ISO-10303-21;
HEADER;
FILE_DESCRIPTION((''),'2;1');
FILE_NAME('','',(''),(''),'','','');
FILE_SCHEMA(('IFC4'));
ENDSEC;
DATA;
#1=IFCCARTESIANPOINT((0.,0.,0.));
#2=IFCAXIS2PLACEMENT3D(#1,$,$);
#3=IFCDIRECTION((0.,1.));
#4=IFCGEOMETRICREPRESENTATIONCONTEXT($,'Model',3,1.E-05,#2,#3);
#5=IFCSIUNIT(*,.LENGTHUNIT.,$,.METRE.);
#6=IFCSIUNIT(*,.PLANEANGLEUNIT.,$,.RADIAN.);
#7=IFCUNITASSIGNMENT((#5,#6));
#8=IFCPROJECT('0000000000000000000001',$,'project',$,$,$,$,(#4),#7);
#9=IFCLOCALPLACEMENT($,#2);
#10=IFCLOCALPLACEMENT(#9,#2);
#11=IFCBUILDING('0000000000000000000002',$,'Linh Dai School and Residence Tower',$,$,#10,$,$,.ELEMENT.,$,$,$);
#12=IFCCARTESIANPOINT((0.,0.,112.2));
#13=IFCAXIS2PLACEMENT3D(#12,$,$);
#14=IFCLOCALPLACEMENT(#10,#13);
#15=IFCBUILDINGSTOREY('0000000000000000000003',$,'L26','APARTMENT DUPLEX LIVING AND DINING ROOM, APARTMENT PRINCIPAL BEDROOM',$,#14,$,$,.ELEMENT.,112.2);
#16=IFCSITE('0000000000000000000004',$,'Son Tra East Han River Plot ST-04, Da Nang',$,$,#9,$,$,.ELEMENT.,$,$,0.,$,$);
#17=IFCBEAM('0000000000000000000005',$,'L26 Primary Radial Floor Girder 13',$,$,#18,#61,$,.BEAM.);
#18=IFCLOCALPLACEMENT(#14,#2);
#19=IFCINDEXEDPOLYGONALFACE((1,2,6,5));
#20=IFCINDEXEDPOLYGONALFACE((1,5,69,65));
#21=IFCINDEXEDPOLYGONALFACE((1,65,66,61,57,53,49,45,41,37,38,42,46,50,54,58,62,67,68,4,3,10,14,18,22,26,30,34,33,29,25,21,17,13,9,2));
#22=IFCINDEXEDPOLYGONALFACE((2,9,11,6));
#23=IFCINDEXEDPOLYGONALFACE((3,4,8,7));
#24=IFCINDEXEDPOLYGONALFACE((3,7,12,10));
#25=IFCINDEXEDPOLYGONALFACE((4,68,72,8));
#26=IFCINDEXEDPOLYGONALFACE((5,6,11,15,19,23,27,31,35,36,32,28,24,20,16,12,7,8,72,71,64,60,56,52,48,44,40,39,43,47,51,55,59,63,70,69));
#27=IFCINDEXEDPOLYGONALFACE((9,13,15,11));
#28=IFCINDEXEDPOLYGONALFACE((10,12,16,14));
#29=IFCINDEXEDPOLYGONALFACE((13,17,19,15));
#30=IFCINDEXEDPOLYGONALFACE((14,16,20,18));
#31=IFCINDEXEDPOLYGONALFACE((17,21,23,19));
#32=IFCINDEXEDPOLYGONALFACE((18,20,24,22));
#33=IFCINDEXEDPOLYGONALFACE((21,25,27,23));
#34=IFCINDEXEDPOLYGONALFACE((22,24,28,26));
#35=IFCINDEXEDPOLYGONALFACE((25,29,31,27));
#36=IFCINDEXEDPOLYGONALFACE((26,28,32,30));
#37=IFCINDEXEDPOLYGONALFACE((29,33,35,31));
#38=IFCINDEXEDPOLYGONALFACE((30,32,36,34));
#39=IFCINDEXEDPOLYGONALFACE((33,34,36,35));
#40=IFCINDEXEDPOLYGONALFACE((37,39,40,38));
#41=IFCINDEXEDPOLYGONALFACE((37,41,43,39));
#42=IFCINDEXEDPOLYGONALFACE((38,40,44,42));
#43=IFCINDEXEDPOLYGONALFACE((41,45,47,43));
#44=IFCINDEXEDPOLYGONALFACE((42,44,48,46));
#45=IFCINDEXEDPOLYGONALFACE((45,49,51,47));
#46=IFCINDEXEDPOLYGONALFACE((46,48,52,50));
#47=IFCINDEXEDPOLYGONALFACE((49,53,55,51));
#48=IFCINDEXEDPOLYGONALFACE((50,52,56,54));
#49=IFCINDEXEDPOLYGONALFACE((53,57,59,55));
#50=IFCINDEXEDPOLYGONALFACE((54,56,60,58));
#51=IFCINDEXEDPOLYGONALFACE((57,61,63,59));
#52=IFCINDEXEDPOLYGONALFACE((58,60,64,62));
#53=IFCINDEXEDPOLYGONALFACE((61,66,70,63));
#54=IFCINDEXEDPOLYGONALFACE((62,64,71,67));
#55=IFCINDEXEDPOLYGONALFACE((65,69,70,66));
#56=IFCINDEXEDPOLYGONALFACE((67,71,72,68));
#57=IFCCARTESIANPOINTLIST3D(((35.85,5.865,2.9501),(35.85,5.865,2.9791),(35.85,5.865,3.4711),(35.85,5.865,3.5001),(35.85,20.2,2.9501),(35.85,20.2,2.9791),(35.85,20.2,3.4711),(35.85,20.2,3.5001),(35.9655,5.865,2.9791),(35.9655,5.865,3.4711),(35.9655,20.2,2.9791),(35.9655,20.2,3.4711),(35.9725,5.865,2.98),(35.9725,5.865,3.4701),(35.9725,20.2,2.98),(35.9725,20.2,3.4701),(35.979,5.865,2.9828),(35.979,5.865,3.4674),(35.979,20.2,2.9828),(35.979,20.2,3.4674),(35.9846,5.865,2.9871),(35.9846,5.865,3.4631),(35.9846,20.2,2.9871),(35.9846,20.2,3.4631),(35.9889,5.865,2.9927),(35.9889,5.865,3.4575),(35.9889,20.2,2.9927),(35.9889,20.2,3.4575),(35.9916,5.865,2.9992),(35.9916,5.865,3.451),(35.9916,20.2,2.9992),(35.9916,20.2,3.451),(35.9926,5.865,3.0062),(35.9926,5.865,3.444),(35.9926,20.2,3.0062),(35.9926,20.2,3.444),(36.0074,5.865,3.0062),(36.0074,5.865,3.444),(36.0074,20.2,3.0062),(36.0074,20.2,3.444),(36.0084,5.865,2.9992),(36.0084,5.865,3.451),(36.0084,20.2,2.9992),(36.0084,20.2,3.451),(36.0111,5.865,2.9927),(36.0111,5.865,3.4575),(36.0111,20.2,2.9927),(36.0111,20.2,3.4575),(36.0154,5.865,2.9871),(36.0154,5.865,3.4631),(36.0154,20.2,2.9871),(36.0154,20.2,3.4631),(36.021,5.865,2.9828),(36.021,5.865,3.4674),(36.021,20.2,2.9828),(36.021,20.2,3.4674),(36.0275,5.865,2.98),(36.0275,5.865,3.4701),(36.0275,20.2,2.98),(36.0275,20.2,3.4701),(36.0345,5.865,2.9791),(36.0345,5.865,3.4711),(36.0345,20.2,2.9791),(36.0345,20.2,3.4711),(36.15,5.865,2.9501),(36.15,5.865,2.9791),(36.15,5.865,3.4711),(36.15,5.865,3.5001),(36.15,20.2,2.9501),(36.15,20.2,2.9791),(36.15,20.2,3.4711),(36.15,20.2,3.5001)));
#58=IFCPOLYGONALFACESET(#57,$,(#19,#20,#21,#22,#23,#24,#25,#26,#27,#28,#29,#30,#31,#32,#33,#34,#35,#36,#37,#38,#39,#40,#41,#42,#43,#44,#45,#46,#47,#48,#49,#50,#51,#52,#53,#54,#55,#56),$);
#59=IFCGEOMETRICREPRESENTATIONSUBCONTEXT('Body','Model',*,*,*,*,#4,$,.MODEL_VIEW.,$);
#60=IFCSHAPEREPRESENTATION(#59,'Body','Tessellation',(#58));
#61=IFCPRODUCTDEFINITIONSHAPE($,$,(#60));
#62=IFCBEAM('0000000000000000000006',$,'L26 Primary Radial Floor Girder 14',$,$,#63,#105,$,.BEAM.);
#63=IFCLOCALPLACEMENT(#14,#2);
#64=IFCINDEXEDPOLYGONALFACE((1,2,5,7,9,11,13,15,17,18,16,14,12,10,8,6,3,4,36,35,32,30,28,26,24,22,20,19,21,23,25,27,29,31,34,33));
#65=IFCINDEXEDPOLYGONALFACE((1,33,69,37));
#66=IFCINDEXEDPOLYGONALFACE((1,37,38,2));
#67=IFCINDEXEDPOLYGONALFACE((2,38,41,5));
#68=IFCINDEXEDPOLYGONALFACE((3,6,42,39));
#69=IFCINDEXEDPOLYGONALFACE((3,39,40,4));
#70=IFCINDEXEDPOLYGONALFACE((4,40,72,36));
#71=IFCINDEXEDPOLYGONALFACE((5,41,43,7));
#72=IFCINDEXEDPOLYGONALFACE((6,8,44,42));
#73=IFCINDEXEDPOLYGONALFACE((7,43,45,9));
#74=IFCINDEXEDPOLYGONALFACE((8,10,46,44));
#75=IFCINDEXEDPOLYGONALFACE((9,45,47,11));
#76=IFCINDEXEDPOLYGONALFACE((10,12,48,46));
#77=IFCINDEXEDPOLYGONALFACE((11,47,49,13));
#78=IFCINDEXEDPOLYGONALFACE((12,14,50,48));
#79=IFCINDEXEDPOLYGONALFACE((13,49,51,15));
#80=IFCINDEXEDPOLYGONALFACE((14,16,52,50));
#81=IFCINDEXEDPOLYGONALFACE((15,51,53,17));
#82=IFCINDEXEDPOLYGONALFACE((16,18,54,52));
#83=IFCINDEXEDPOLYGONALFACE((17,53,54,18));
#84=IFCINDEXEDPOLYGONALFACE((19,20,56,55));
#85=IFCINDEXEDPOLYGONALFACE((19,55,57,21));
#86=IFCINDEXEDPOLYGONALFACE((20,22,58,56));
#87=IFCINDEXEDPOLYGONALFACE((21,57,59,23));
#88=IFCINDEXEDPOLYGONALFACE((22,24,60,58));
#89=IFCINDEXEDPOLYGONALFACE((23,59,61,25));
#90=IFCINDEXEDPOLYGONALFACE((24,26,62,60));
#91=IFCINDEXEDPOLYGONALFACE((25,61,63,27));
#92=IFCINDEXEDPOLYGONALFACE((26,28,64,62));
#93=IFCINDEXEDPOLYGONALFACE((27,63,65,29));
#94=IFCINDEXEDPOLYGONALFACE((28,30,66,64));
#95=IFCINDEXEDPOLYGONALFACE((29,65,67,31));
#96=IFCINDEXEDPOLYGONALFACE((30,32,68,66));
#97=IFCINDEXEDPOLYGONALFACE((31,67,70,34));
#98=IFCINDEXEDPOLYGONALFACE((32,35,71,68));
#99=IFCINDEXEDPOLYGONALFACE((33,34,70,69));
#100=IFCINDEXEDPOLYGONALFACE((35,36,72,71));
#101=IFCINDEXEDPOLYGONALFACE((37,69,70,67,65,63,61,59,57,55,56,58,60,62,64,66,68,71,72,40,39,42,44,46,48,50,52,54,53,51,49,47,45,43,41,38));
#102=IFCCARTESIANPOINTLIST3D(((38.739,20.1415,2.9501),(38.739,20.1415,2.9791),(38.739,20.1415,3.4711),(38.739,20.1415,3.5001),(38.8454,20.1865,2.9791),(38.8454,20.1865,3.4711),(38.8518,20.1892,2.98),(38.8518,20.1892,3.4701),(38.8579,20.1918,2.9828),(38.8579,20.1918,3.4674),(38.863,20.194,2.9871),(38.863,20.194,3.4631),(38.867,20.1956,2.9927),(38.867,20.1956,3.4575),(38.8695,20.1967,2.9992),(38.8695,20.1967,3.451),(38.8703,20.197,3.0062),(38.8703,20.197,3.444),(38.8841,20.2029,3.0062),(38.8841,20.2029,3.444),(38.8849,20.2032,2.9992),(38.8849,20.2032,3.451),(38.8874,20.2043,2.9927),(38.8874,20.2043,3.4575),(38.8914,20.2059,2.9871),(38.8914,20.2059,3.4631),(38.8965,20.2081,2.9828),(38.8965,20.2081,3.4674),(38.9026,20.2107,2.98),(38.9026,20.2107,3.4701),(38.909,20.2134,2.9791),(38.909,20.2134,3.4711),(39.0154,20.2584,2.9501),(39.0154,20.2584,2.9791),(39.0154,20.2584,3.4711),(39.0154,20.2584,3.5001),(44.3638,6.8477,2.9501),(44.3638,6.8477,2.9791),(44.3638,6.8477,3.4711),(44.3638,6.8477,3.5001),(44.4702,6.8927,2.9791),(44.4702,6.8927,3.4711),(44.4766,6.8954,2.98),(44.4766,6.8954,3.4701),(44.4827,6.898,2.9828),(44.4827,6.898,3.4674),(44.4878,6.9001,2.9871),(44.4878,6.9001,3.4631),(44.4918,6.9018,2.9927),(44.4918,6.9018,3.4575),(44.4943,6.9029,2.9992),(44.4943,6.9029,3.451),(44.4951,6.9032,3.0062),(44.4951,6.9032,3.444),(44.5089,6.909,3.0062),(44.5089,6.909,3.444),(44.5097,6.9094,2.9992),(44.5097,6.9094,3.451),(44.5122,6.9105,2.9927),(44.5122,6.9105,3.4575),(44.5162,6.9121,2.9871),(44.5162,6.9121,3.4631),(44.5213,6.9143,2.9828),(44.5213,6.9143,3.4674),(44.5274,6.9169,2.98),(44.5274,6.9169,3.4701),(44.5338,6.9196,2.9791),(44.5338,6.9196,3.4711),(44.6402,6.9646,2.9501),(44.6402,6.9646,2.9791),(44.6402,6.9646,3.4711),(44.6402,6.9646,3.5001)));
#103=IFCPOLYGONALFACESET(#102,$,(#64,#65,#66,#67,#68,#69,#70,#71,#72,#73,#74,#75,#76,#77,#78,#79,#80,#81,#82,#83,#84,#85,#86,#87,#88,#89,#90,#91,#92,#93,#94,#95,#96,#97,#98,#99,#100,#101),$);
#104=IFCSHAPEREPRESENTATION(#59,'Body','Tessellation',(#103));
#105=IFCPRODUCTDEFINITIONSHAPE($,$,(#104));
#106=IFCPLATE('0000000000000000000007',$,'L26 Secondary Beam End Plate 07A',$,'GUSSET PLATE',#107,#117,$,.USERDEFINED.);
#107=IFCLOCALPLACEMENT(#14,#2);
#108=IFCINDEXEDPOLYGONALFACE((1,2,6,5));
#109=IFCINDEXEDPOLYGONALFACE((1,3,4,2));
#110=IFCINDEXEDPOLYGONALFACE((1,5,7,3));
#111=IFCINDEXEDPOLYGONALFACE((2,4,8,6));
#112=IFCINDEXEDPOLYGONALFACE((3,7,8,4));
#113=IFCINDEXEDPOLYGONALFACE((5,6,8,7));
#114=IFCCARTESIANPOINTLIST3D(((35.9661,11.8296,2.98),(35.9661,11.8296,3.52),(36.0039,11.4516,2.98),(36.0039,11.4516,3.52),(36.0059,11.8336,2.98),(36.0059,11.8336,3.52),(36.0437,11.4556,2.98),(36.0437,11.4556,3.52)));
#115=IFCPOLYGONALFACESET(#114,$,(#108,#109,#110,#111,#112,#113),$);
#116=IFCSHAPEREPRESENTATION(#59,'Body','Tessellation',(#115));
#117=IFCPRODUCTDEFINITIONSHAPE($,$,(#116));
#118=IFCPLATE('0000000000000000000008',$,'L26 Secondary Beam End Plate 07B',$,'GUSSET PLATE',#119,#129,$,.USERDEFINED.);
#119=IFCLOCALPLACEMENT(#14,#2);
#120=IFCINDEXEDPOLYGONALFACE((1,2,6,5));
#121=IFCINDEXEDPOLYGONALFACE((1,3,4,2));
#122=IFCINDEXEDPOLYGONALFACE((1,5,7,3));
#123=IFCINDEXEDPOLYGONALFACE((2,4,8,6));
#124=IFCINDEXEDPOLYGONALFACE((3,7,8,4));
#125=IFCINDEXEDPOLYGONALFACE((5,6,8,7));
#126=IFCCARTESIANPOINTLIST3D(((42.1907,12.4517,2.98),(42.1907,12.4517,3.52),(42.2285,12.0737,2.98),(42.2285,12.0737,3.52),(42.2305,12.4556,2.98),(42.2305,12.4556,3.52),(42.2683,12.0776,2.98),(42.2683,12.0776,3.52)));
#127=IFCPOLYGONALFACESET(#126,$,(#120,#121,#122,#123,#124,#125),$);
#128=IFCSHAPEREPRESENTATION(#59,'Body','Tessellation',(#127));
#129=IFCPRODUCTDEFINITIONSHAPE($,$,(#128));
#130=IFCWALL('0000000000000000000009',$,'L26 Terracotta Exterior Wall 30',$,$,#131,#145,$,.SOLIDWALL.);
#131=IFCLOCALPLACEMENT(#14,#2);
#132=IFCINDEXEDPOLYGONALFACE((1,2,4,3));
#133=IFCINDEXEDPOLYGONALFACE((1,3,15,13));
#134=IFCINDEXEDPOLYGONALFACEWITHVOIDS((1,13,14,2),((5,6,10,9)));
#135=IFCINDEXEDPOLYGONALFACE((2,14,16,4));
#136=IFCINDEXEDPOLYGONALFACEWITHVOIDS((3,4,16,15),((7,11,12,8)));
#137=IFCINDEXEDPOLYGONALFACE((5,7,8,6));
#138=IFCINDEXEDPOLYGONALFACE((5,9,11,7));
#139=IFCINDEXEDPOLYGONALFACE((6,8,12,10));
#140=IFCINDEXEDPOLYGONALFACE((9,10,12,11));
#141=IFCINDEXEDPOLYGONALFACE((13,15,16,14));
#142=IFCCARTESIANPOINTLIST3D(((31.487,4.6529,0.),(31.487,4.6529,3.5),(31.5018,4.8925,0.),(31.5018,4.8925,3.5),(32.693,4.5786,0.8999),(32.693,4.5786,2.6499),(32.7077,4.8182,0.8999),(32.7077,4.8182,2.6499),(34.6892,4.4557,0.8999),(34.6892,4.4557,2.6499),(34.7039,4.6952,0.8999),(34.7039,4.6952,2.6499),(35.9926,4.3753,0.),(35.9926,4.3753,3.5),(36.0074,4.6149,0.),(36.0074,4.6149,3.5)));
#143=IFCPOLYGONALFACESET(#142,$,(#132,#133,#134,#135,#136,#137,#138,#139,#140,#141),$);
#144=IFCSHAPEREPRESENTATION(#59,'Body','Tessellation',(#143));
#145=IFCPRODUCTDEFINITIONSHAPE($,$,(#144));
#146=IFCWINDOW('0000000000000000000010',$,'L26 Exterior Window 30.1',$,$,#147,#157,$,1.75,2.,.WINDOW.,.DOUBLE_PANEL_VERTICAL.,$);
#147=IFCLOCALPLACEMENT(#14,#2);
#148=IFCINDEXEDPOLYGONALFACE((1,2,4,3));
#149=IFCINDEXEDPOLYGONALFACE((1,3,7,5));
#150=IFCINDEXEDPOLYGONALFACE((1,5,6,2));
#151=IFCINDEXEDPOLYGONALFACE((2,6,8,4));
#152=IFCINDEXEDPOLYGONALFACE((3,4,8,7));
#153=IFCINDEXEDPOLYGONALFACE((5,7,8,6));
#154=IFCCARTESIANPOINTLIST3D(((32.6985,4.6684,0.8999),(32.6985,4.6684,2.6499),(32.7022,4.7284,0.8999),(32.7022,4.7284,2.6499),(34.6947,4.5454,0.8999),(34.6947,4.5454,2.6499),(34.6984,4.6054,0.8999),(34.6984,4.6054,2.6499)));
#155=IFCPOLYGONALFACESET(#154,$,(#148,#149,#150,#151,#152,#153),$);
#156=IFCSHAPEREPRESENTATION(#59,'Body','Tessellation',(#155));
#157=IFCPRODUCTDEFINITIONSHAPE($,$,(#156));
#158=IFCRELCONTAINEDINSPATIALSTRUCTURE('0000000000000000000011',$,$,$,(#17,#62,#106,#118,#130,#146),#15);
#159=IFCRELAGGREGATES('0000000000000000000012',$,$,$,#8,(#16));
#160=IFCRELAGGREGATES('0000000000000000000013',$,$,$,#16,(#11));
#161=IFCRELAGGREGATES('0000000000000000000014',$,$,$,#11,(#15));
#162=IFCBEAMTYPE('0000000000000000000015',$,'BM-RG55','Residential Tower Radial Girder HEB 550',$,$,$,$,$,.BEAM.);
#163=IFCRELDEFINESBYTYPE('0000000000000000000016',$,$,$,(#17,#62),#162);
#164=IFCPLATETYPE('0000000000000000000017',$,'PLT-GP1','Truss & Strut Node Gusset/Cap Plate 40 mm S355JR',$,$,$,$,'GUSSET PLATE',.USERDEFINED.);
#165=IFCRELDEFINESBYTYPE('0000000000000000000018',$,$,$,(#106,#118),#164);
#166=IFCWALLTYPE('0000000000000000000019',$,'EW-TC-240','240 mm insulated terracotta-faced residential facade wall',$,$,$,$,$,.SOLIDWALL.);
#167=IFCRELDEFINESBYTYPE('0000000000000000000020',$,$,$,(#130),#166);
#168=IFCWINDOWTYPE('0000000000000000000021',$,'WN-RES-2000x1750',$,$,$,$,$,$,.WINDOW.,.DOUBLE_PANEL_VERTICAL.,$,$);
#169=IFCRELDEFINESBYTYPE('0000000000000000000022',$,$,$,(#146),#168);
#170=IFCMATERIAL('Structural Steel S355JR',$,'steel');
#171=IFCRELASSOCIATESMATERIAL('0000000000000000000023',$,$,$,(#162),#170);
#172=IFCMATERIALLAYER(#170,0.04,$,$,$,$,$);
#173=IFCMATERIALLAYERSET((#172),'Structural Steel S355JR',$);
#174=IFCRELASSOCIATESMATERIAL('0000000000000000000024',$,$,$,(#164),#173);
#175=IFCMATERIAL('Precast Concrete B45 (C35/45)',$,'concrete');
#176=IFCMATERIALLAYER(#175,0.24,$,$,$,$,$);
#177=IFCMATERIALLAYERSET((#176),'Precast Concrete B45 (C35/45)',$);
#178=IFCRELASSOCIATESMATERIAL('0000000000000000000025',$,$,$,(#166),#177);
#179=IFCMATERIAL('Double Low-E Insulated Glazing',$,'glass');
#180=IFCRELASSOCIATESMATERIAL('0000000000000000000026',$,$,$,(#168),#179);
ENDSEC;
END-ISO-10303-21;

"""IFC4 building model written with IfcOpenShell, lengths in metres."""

from ifc_helpers import new_model, si_unit, direction, frame, frame_2d, origin, origin_2d, place, context, subcontext, project, spatial, rectangle, i_section, extrude, source, transform, mapped, material, layer, layer_set, material_profile, profile_set, type_object, element, fill, save


model = new_model("IFC4")

# Units and contexts
model_context = context("Model", 3, precision=1e-05, world=origin(), true_north=direction((0.0, 1.0)))
body_context = subcontext(model_context, "Body", "Model", "MODEL_VIEW")
ifc_project = project(units=[si_unit("LENGTHUNIT", "METRE"), si_unit("PLANEANGLEUNIT", "RADIAN")], contexts=[model_context])

# Site, building, storey
site_placement = place(None, origin())
site = spatial("IfcSite", under=ifc_project, at=site_placement, Name="Son Tra East Han River Plot ST-04, Da Nang", CompositionType="ELEMENT", RefElevation=0.0)
building_placement = place(site_placement, origin())
building = spatial("IfcBuilding", under=site, at=building_placement, Name="Linh Dai School and Residence Tower", CompositionType="ELEMENT")
storey_placement = place(building_placement, frame((0.0, 0.0, 112.2)))
storey = spatial("IfcBuildingStorey", under=building, at=storey_placement, Name="L26", Description="APARTMENT DUPLEX LIVING AND DINING ROOM, APARTMENT PRINCIPAL BEDROOM", CompositionType="ELEMENT", Elevation=112.2)

# Shared definitions
ifc_material_1 = material(Name="Structural Steel S355JR", Category="steel")

# Beams
ifc_material_profile_1 = material_profile(ifc_material_1, i_section(OverallWidth=0.3, OverallDepth=0.55, WebThickness=0.0149, FlangeThickness=0.0291, FilletRadius=0.0271, at=origin_2d()), Name="HEB 550")
ifc_profile_set_1 = profile_set([ifc_material_profile_1], Name="Structural Steel S355JR")
beam_type_1 = type_object("IfcBeamType", Name="BM-RG55", Description="Residential Tower Radial Girder HEB 550", PredefinedType="BEAM", material=ifc_profile_set_1)
beam_1_placement = place(storey_placement, frame((36.0, 20.2, 3.2251), z_axis=(0.0, -1.0, 0.0), x_axis=(1.0, 0.0, 0.0)))
element("IfcBeam", 1, at=beam_1_placement, inside=storey, type_object=beam_type_1, Name="L26 Primary Radial Floor Girder 13", PredefinedType="BEAM", context=body_context, shape_type="SweptSolid", body=[
    extrude(i_section(OverallWidth=0.3, OverallDepth=0.55, WebThickness=0.0149, FlangeThickness=0.0291, FilletRadius=0.0271, at=origin_2d()), origin(), (0.0, 0.0, 1.0), 14.335),
])
beam_2_placement = place(storey_placement, frame((38.8772, 20.2, 3.2251), z_axis=(0.389669, -0.920955, 0.0), x_axis=(0.920955, 0.389669, 0.0)))
element("IfcBeam", 2, at=beam_2_placement, inside=storey, type_object=beam_type_1, Name="L26 Primary Radial Floor Girder 14", PredefinedType="BEAM", context=body_context, shape_type="SweptSolid", body=[
    extrude(i_section(OverallWidth=0.3, OverallDepth=0.55, WebThickness=0.0149, FlangeThickness=0.0291, FilletRadius=0.0271, at=origin_2d()), origin(), (0.0, 0.0, 1.0), 14.4348),
])

# Plates
ifc_layer_1 = layer(ifc_material_1, 0.04)
ifc_layer_set_1 = layer_set([ifc_layer_1], Name="Structural Steel S355JR")
plate_type = type_object("IfcPlateType", Name="PLT-GP1", Description="Truss & Strut Node Gusset/Cap Plate 40 mm S355JR", ElementType="GUSSET PLATE", PredefinedType="USERDEFINED", material=ifc_layer_set_1)
shared_shape_1 = source(origin(), body_context, "Body", "SweptSolid", [
    extrude(rectangle(XDim=0.04, YDim=0.3799, at=origin_2d()), origin(), (0.0, 0.0, 1.0), 0.54),
])
for number, where, z_axis, x_axis, name in (
    (3, (36.0049, 11.6426, 2.98), (0.0, 0.0, 1.0), (0.995042, 0.099458, 0.0), "L26 Secondary Beam End Plate 07A"),
    (4, (42.2295, 12.2646, 2.98), (0.0, 0.0, 1.0), (0.995042, 0.099458, 0.0), "L26 Secondary Beam End Plate 07B"),
):
    element("IfcPlate", number, at=place(storey_placement, frame(where, z_axis=z_axis, x_axis=x_axis)), inside=storey, type_object=plate_type, Name=name, ObjectType="GUSSET PLATE", PredefinedType="USERDEFINED", context=body_context, shape_type="MappedRepresentation", body=[
        mapped(shared_shape_1, transform((0.0, 0.0, 0.0), x_axis=(1.0, 0.0, 0.0), y_axis=(0.0, 1.0, 0.0), z_axis=(0.0, 0.0, 1.0), scale=1.0)),
    ])

# Wall, opening, window
ifc_material_2 = material(Name="Precast Concrete B45 (C35/45)", Category="concrete")
ifc_layer_2 = layer(ifc_material_2, 0.24)
ifc_layer_set_2 = layer_set([ifc_layer_2], Name="Precast Concrete B45 (C35/45)")
wall_type_1 = type_object("IfcWallType", Name="EW-TC-240", Description="240 mm insulated terracotta-faced residential facade wall", PredefinedType="SOLIDWALL", material=ifc_layer_set_2)
wall_1_placement = place(storey_placement, frame((36.0, 4.4951, 0.0), z_axis=(0.0, 0.0, 1.0), x_axis=(-0.998108, 0.061493, 0.0)))
wall_1 = element("IfcWall", 5, at=wall_1_placement, inside=storey, type_object=wall_type_1, Name="L26 Terracotta Exterior Wall 30", PredefinedType="SOLIDWALL", context=body_context, shape_type="SweptSolid", body=[
    extrude(rectangle(XDim=4.5142, YDim=0.24, at=frame_2d((2.2571, 0.0))), origin(), (0.0, 0.0, 1.0), 3.5),
])
opening_1_placement = place(wall_1_placement, frame((1.3059, 0.0, 0.8999)))
opening_1 = element("IfcOpeningElement", 6, at=opening_1_placement, cuts=wall_1, PredefinedType="OPENING", context=body_context, shape_type="SweptSolid", body=[
    extrude(rectangle(XDim=2.0, YDim=1.75, at=origin_2d()), frame((1.0, 0.1299, 0.875), z_axis=(0.0, -1.0, 0.0), x_axis=(1.0, 0.0, 0.0)), (0.0, 0.0, 1.0), 0.26),
])
ifc_material_3 = material(Name="Double Low-E Insulated Glazing", Category="glass")
window_type = type_object("IfcWindowType", Name="WN-RES-2000x1750", PartitioningType="DOUBLE_PANEL_VERTICAL", PredefinedType="WINDOW", material=ifc_material_3)
shared_shape_2 = source(origin(), body_context, "Body", "SweptSolid", [
    extrude(rectangle(XDim=2.0, YDim=1.75, at=origin_2d()), frame((1.0, 0.03, 0.875), z_axis=(0.0, -1.0, 0.0), x_axis=(1.0, 0.0, 0.0)), (0.0, 0.0, 1.0), 0.0601),
])
window_1_placement = place(opening_1_placement, origin())
window_1 = element("IfcWindow", 7, at=window_1_placement, inside=storey, type_object=window_type, Name="L26 Exterior Window 30.1", OverallHeight=1.75, OverallWidth=2.0, PartitioningType="DOUBLE_PANEL_VERTICAL", PredefinedType="WINDOW", context=body_context, shape_type="MappedRepresentation", body=[
    mapped(shared_shape_2, transform((0.0, 0.0, 0.0), x_axis=(1.0, 0.0, 0.0), y_axis=(0.0, 1.0, 0.0), z_axis=(0.0, 0.0, 1.0), scale=1.0)),
])
fill(opening_1, window_1)

save(model, "model.ifc")
